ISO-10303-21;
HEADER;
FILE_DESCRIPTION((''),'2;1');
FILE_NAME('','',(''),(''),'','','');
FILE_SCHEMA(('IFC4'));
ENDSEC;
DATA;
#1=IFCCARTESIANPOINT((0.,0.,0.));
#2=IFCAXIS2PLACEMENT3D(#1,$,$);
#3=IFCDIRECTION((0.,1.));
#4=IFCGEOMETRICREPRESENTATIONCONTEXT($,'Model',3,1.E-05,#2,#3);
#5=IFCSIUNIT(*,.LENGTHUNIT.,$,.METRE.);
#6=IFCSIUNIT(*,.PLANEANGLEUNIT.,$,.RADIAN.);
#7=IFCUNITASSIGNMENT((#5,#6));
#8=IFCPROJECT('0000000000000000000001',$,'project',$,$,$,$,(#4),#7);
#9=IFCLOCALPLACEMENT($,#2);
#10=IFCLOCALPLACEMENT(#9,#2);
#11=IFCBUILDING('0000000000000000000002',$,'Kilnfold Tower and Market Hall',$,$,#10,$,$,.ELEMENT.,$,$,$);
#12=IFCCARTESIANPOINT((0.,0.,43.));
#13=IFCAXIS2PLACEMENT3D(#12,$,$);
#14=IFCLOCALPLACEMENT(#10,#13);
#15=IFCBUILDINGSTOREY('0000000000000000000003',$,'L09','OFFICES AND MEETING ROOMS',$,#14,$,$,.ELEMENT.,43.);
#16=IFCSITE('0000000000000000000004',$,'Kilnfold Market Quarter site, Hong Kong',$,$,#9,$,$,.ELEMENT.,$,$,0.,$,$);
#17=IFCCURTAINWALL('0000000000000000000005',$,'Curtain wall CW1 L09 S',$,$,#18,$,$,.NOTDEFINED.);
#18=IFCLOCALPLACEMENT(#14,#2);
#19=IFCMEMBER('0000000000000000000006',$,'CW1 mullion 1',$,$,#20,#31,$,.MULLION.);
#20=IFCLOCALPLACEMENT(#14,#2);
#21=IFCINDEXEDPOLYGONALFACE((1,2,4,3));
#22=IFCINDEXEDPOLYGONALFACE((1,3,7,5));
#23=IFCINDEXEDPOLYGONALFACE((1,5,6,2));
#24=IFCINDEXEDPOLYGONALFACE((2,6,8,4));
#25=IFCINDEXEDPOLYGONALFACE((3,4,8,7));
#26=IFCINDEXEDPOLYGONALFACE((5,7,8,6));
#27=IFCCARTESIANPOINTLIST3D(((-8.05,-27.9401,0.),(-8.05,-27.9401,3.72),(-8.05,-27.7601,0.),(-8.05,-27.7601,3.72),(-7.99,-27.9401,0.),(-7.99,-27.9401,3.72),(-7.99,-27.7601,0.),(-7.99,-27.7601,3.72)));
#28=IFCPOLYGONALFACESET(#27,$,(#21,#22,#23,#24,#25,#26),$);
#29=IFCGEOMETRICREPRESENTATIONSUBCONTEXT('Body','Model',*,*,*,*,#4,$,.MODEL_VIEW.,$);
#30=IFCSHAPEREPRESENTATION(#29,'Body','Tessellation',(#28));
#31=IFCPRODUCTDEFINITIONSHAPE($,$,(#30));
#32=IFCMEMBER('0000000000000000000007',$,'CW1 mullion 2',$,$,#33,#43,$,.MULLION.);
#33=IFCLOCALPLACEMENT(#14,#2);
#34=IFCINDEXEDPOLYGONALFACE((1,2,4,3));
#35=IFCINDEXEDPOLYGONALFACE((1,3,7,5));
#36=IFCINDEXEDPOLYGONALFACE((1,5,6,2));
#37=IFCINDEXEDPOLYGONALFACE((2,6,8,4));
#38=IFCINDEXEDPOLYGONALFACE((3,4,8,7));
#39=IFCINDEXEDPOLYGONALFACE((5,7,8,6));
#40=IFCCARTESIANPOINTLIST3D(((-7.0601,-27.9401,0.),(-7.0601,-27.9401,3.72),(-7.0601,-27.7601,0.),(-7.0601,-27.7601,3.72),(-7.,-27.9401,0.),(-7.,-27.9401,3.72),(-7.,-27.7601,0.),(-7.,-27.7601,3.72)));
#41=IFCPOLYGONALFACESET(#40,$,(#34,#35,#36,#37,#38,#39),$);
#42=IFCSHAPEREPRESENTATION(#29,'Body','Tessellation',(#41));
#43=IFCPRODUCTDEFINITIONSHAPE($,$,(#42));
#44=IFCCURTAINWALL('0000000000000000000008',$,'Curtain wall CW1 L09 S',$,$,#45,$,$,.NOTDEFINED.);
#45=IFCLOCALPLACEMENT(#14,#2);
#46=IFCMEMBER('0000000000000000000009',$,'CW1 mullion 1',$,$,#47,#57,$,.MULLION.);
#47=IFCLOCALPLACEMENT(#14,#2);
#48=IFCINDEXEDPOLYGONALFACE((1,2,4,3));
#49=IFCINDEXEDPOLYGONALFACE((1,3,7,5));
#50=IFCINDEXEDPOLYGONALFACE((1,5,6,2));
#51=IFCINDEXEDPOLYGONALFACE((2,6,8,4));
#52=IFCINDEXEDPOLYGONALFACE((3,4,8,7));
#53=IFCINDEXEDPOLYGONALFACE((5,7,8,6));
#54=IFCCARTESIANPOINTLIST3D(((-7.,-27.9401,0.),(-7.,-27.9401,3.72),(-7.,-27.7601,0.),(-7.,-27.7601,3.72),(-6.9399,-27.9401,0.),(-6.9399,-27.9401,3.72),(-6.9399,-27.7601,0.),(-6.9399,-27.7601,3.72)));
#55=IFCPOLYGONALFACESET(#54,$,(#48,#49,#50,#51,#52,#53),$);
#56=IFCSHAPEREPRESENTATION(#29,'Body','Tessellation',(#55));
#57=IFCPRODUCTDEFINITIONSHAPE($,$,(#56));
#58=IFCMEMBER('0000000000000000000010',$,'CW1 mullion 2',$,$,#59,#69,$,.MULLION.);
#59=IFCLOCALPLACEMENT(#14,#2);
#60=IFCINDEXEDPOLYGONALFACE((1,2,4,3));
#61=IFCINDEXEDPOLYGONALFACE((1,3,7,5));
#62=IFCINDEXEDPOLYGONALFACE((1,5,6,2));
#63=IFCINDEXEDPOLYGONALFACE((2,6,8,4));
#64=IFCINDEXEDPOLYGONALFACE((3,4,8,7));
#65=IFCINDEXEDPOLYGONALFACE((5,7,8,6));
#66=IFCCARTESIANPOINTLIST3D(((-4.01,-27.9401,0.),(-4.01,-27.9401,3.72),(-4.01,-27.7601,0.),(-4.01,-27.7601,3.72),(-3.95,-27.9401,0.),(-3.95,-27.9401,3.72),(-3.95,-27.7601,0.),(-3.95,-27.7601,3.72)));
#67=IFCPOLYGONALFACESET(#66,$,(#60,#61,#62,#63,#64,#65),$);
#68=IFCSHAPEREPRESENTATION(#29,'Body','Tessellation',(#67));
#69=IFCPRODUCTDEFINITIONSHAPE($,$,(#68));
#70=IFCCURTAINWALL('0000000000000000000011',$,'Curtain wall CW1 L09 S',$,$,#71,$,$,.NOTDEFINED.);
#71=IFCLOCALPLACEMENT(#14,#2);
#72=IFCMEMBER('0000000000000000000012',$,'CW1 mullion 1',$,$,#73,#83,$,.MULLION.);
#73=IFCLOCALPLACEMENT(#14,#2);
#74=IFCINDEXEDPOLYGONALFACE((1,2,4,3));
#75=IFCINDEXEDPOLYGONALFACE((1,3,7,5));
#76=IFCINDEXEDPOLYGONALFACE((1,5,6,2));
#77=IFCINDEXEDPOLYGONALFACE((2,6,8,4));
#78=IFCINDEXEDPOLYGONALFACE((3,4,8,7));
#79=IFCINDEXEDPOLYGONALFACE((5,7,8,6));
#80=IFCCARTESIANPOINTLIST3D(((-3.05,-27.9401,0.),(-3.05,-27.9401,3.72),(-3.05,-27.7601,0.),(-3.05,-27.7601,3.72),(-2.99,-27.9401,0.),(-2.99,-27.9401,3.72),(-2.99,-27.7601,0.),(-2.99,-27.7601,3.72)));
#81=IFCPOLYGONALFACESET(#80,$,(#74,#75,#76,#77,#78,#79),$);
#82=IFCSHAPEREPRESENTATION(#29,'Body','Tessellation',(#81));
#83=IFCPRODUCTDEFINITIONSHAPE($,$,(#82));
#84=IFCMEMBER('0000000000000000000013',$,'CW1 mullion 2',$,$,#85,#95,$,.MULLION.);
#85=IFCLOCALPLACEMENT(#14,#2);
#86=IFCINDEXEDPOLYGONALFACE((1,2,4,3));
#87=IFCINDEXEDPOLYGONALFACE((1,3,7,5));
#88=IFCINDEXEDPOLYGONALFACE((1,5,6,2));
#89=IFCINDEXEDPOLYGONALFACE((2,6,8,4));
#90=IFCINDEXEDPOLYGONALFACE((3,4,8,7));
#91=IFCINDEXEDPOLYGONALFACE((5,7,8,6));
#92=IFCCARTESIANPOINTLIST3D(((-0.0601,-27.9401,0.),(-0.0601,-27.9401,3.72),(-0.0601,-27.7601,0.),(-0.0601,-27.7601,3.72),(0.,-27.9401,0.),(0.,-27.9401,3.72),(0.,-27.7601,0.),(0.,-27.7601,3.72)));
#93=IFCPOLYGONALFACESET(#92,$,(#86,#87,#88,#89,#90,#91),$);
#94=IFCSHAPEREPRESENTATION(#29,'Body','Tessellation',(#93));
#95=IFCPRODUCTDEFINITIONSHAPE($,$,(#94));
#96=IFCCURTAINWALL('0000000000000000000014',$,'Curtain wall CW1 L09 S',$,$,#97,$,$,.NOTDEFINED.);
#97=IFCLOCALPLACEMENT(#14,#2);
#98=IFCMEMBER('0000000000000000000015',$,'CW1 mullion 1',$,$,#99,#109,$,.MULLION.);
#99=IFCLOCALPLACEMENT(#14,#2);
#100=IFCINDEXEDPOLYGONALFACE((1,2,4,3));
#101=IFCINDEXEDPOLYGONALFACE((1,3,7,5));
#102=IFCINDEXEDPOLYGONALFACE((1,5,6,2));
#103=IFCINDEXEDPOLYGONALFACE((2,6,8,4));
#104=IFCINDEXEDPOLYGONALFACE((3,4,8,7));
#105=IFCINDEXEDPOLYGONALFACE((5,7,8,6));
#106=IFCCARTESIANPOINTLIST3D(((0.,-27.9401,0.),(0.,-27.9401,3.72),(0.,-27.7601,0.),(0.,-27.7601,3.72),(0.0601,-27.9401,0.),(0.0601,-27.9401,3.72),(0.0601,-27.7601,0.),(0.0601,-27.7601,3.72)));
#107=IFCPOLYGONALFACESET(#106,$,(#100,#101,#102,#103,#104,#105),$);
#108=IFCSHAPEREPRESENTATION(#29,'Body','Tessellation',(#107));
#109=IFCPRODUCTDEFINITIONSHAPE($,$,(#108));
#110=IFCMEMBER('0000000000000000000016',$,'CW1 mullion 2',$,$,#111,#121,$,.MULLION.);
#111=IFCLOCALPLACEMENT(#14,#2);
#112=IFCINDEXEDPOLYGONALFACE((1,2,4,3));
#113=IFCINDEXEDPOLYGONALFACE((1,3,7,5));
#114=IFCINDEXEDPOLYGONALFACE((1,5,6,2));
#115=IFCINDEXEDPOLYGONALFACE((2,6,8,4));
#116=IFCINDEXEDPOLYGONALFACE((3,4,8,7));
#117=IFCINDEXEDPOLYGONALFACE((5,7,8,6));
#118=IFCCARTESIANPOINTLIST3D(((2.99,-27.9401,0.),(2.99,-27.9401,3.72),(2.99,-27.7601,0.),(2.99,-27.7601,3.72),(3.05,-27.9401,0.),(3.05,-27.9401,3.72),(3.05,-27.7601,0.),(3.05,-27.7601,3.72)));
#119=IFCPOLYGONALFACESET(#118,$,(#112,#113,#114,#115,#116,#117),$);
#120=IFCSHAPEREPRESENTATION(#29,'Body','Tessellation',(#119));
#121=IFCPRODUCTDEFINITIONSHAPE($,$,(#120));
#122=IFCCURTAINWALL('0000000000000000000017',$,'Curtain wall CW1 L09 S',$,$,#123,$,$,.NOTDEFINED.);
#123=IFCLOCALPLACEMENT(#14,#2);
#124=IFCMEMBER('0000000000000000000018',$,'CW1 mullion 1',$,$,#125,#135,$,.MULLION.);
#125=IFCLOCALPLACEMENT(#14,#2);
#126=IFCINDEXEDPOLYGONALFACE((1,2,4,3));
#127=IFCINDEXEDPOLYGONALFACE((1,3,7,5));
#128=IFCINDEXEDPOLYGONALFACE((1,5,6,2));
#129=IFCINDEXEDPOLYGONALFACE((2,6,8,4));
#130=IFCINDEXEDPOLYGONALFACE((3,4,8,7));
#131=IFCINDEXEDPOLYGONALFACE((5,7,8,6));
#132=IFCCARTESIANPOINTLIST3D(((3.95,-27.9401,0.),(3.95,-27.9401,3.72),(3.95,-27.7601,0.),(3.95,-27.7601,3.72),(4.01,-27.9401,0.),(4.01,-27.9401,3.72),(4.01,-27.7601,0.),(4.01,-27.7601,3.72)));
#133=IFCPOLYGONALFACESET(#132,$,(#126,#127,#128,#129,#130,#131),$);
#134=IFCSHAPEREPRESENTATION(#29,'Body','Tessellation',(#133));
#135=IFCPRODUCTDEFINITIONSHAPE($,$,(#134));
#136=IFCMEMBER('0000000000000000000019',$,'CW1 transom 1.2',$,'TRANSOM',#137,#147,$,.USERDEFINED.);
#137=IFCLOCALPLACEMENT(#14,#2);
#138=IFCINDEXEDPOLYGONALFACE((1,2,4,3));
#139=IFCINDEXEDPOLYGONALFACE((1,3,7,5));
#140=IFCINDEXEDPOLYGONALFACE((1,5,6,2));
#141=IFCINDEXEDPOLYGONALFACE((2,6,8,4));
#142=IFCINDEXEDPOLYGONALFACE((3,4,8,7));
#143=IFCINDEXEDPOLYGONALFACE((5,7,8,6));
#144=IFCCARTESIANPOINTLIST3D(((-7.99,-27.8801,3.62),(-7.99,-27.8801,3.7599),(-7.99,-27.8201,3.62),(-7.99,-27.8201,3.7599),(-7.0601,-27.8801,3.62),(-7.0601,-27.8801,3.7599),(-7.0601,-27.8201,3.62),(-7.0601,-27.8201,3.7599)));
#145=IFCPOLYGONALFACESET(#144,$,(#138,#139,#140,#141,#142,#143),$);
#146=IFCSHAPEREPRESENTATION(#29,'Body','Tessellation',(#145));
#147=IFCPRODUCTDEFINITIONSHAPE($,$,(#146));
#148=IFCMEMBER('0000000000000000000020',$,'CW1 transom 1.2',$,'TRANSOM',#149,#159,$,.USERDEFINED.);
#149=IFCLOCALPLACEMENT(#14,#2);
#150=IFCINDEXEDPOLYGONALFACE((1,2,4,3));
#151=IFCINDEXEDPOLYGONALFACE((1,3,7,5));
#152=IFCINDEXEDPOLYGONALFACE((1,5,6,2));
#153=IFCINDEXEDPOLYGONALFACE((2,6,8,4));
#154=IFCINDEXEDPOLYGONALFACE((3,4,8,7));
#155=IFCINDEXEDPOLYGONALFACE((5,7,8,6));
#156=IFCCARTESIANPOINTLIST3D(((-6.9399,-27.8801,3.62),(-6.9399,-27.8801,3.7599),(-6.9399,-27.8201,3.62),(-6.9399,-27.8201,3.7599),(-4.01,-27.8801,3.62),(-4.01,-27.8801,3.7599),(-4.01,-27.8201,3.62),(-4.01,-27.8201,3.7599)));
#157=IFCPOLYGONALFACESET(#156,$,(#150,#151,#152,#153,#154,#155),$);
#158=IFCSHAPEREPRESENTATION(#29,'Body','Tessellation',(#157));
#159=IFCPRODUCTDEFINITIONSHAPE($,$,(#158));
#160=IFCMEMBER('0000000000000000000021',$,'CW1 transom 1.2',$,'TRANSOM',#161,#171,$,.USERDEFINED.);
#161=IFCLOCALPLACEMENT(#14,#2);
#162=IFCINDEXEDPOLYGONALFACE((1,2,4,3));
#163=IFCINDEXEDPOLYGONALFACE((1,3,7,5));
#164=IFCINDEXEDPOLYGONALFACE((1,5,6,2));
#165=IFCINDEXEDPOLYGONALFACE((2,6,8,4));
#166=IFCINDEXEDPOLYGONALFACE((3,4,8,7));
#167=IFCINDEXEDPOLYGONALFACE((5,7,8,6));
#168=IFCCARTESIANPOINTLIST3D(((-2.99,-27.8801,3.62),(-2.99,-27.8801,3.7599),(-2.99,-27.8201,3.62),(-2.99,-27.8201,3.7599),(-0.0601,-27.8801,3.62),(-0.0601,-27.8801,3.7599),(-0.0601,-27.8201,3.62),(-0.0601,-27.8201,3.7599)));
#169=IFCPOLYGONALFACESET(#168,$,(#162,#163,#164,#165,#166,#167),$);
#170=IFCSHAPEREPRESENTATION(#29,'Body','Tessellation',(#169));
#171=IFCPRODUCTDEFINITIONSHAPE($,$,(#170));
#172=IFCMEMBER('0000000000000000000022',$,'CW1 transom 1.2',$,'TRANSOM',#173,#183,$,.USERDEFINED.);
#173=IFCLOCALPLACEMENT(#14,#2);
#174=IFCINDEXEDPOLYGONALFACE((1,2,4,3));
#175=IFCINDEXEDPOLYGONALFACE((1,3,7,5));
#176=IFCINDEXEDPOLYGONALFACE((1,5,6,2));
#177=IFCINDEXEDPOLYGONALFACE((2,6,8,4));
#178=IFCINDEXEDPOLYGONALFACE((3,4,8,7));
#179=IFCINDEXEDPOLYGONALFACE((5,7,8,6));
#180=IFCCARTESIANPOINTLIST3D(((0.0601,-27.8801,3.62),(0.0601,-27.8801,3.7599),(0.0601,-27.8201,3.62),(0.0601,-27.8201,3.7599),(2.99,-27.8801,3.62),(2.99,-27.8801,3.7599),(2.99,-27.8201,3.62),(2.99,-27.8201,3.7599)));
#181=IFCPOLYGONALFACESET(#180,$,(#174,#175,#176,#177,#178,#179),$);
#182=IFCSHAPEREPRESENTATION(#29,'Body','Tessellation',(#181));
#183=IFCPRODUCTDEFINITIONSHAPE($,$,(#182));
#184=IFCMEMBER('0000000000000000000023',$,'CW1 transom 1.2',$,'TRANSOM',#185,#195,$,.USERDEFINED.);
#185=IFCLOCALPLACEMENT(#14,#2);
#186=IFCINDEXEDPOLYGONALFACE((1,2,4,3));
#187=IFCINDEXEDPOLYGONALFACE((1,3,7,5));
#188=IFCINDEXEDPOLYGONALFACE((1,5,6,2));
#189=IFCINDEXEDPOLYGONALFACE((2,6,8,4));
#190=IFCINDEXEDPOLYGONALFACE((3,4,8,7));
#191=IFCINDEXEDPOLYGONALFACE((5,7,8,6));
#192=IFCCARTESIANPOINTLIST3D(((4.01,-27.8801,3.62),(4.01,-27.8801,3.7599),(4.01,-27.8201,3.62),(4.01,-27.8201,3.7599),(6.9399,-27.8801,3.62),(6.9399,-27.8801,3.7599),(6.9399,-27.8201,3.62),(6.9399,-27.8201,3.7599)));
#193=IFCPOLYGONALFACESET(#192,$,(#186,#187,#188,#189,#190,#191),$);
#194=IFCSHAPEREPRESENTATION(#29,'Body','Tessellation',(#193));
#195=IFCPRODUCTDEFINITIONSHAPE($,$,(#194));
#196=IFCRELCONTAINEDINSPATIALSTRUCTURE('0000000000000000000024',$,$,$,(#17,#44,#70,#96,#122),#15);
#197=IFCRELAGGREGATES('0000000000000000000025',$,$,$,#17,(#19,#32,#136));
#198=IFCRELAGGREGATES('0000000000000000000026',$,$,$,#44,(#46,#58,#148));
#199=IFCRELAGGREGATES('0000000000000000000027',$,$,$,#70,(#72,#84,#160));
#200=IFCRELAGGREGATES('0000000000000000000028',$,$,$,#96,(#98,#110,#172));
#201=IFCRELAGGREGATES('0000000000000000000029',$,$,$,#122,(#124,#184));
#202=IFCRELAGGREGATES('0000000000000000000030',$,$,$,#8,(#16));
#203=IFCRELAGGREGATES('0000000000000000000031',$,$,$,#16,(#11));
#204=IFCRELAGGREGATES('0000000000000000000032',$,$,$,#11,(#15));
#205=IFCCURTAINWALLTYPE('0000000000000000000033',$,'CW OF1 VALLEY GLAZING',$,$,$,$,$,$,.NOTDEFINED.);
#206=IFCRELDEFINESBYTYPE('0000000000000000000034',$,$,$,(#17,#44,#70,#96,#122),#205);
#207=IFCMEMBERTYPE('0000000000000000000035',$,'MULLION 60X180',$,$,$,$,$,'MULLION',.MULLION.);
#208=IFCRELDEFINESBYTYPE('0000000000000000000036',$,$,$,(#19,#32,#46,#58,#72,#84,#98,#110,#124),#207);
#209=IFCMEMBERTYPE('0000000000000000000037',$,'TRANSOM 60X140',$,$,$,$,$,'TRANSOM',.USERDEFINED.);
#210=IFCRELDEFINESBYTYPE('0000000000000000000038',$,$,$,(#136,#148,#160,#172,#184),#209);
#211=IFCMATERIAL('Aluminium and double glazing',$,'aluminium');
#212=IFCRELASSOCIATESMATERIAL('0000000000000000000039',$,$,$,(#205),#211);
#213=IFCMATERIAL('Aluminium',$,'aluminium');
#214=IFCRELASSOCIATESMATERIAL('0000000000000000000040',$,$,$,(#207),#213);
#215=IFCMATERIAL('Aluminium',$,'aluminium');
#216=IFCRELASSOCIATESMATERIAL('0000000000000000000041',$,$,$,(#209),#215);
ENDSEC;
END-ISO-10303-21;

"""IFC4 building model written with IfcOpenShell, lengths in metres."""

from ifc_helpers import new_model, si_unit, direction, frame, origin, origin_2d, place, context, subcontext, project, spatial, rectangle, extrude, source, transform, mapped, material, material_profile, profile_set, type_object, element, aggregate, save


model = new_model("IFC4")

# Units and contexts
model_context = context("Model", 3, precision=1e-05, world=origin(), true_north=direction((0.0, 1.0)))
body_context = subcontext(model_context, "Body", "Model", "MODEL_VIEW")
ifc_project = project(units=[si_unit("LENGTHUNIT", "METRE"), si_unit("PLANEANGLEUNIT", "RADIAN")], contexts=[model_context])

# Site, building, storey
site_placement = place(None, origin())
site = spatial("IfcSite", under=ifc_project, at=site_placement, Name="Kilnfold Market Quarter site, Hong Kong", CompositionType="ELEMENT", RefElevation=0.0)
building_placement = place(site_placement, origin())
building = spatial("IfcBuilding", under=site, at=building_placement, Name="Kilnfold Tower and Market Hall", CompositionType="ELEMENT")
storey_placement = place(building_placement, frame((0.0, 0.0, 43.0)))
storey = spatial("IfcBuildingStorey", under=building, at=storey_placement, Name="L09", Description="OFFICES AND MEETING ROOMS", CompositionType="ELEMENT", Elevation=43.0)

# Curtain walls, members
ifc_material_1 = material(Name="Aluminium and double glazing", Category="aluminium")
curtain_wall_type = type_object("IfcCurtainWallType", Name="CW OF1 VALLEY GLAZING", PredefinedType="NOTDEFINED", material=ifc_material_1)
curtain_wall_1_placement = place(storey_placement, origin())
curtain_wall_1 = element("IfcCurtainWall", 1, at=curtain_wall_1_placement, inside=storey, type_object=curtain_wall_type, Name="Curtain wall CW1 L09 S", PredefinedType="NOTDEFINED")
ifc_material_2 = material(Name="Aluminium", Category="aluminium")
ifc_material_profile_1 = material_profile(ifc_material_2, rectangle(XDim=0.0601, YDim=0.1799, at=origin_2d()), Name="MULLION 60x180")
ifc_profile_set_1 = profile_set([ifc_material_profile_1], Name="Aluminium")
member_type_1 = type_object("IfcMemberType", Name="MULLION 60X180", ElementType="MULLION", PredefinedType="MULLION", material=ifc_profile_set_1)
shared_shape_1 = source(origin(), body_context, "Body", "SweptSolid", [
    extrude(rectangle(XDim=0.0601, YDim=0.1799, at=origin_2d()), origin(), (0.0, 0.0, 1.0), 3.72),
])
member_1_placement = place(storey_placement, frame((-8.02, -27.8501, 0.0), z_axis=(0.0, 0.0, 1.0), x_axis=(1.0, 0.0, 0.0)))
member_1 = element("IfcMember", 2, at=member_1_placement, type_object=member_type_1, Name="CW1 mullion 1", PredefinedType="MULLION", context=body_context, shape_type="MappedRepresentation", body=[
    mapped(shared_shape_1, transform((0.0, 0.0, 0.0))),
])
member_2_placement = place(storey_placement, frame((-7.03, -27.8501, 0.0), z_axis=(0.0, 0.0, 1.0), x_axis=(1.0, 0.0, 0.0)))
member_2 = element("IfcMember", 3, at=member_2_placement, type_object=member_type_1, Name="CW1 mullion 2", PredefinedType="MULLION", context=body_context, shape_type="MappedRepresentation", body=[
    mapped(shared_shape_1, transform((0.0, 0.0, 0.0))),
])
curtain_wall_2_placement = place(storey_placement, origin())
curtain_wall_2 = element("IfcCurtainWall", 4, at=curtain_wall_2_placement, inside=storey, type_object=curtain_wall_type, Name="Curtain wall CW1 L09 S", PredefinedType="NOTDEFINED")
member_3_placement = place(storey_placement, frame((-6.97, -27.8501, 0.0), z_axis=(0.0, 0.0, 1.0), x_axis=(1.0, 0.0, 0.0)))
member_3 = element("IfcMember", 5, at=member_3_placement, type_object=member_type_1, Name="CW1 mullion 1", PredefinedType="MULLION", context=body_context, shape_type="MappedRepresentation", body=[
    mapped(shared_shape_1, transform((0.0, 0.0, 0.0))),
])
member_4_placement = place(storey_placement, frame((-3.98, -27.8501, 0.0), z_axis=(0.0, 0.0, 1.0), x_axis=(1.0, 0.0, 0.0)))
member_4 = element("IfcMember", 6, at=member_4_placement, type_object=member_type_1, Name="CW1 mullion 2", PredefinedType="MULLION", context=body_context, shape_type="MappedRepresentation", body=[
    mapped(shared_shape_1, transform((0.0, 0.0, 0.0))),
])
curtain_wall_3_placement = place(storey_placement, origin())
curtain_wall_3 = element("IfcCurtainWall", 7, at=curtain_wall_3_placement, inside=storey, type_object=curtain_wall_type, Name="Curtain wall CW1 L09 S", PredefinedType="NOTDEFINED")
member_5_placement = place(storey_placement, frame((-3.02, -27.8501, 0.0), z_axis=(0.0, 0.0, 1.0), x_axis=(1.0, 0.0, 0.0)))
member_5 = element("IfcMember", 8, at=member_5_placement, type_object=member_type_1, Name="CW1 mullion 1", PredefinedType="MULLION", context=body_context, shape_type="MappedRepresentation", body=[
    mapped(shared_shape_1, transform((0.0, 0.0, 0.0))),
])
member_6_placement = place(storey_placement, frame((-0.03, -27.8501, 0.0), z_axis=(0.0, 0.0, 1.0), x_axis=(1.0, 0.0, 0.0)))
member_6 = element("IfcMember", 9, at=member_6_placement, type_object=member_type_1, Name="CW1 mullion 2", PredefinedType="MULLION", context=body_context, shape_type="MappedRepresentation", body=[
    mapped(shared_shape_1, transform((0.0, 0.0, 0.0))),
])
curtain_wall_4_placement = place(storey_placement, origin())
curtain_wall_4 = element("IfcCurtainWall", 10, at=curtain_wall_4_placement, inside=storey, type_object=curtain_wall_type, Name="Curtain wall CW1 L09 S", PredefinedType="NOTDEFINED")
member_7_placement = place(storey_placement, frame((0.03, -27.8501, 0.0), z_axis=(0.0, 0.0, 1.0), x_axis=(1.0, 0.0, 0.0)))
member_7 = element("IfcMember", 11, at=member_7_placement, type_object=member_type_1, Name="CW1 mullion 1", PredefinedType="MULLION", context=body_context, shape_type="MappedRepresentation", body=[
    mapped(shared_shape_1, transform((0.0, 0.0, 0.0))),
])
member_8_placement = place(storey_placement, frame((3.02, -27.8501, 0.0), z_axis=(0.0, 0.0, 1.0), x_axis=(1.0, 0.0, 0.0)))
member_8 = element("IfcMember", 12, at=member_8_placement, type_object=member_type_1, Name="CW1 mullion 2", PredefinedType="MULLION", context=body_context, shape_type="MappedRepresentation", body=[
    mapped(shared_shape_1, transform((0.0, 0.0, 0.0))),
])

# Curtain wall, member
curtain_wall_5_placement = place(storey_placement, origin())
curtain_wall_5 = element("IfcCurtainWall", 13, at=curtain_wall_5_placement, inside=storey, type_object=curtain_wall_type, Name="Curtain wall CW1 L09 S", PredefinedType="NOTDEFINED")
member_9_placement = place(storey_placement, frame((3.98, -27.8501, 0.0), z_axis=(0.0, 0.0, 1.0), x_axis=(1.0, 0.0, 0.0)))
member_9 = element("IfcMember", 14, at=member_9_placement, type_object=member_type_1, Name="CW1 mullion 1", PredefinedType="MULLION", context=body_context, shape_type="MappedRepresentation", body=[
    mapped(shared_shape_1, transform((0.0, 0.0, 0.0))),
])

# Members
ifc_material_3 = material(Name="Aluminium", Category="aluminium")
ifc_material_profile_2 = material_profile(ifc_material_3, rectangle(XDim=0.0601, YDim=0.1399, at=origin_2d()), Name="TRANSOM 60x140")
ifc_profile_set_2 = profile_set([ifc_material_profile_2], Name="Aluminium")
member_type_2 = type_object("IfcMemberType", Name="TRANSOM 60X140", ElementType="TRANSOM", PredefinedType="USERDEFINED", material=ifc_profile_set_2)
shared_shape_2 = source(origin(), body_context, "Body", "SweptSolid", [
    extrude(rectangle(XDim=0.0601, YDim=0.1399, at=origin_2d()), origin(), (0.0, 0.0, 1.0), 0.9299),
])
member_10_placement = place(storey_placement, frame((-7.99, -27.8501, 3.6899), z_axis=(1.0, 0.0, 0.0), x_axis=(0.0, 1.0, 0.0)))
member_10 = element("IfcMember", 15, at=member_10_placement, type_object=member_type_2, Name="CW1 transom 1.2", ObjectType="TRANSOM", PredefinedType="USERDEFINED", context=body_context, shape_type="MappedRepresentation", body=[
    mapped(shared_shape_2, transform((0.0, 0.0, 0.0))),
])
shared_shape_3 = source(origin(), body_context, "Body", "SweptSolid", [
    extrude(rectangle(XDim=0.0601, YDim=0.1399, at=origin_2d()), origin(), (0.0, 0.0, 1.0), 2.9299),
])
member_11_placement = place(storey_placement, frame((-6.9399, -27.8501, 3.6899), z_axis=(1.0, 0.0, 0.0), x_axis=(0.0, 1.0, 0.0)))
member_11 = element("IfcMember", 16, at=member_11_placement, type_object=member_type_2, Name="CW1 transom 1.2", ObjectType="TRANSOM", PredefinedType="USERDEFINED", context=body_context, shape_type="MappedRepresentation", body=[
    mapped(shared_shape_3, transform((0.0, 0.0, 0.0))),
])
member_12_placement = place(storey_placement, frame((-2.99, -27.8501, 3.6899), z_axis=(1.0, 0.0, 0.0), x_axis=(0.0, 1.0, 0.0)))
member_12 = element("IfcMember", 17, at=member_12_placement, type_object=member_type_2, Name="CW1 transom 1.2", ObjectType="TRANSOM", PredefinedType="USERDEFINED", context=body_context, shape_type="MappedRepresentation", body=[
    mapped(shared_shape_3, transform((0.0, 0.0, 0.0))),
])
member_13_placement = place(storey_placement, frame((0.0601, -27.8501, 3.6899), z_axis=(1.0, 0.0, 0.0), x_axis=(0.0, 1.0, 0.0)))
member_13 = element("IfcMember", 18, at=member_13_placement, type_object=member_type_2, Name="CW1 transom 1.2", ObjectType="TRANSOM", PredefinedType="USERDEFINED", context=body_context, shape_type="MappedRepresentation", body=[
    mapped(shared_shape_3, transform((0.0, 0.0, 0.0))),
])
member_14_placement = place(storey_placement, frame((4.01, -27.8501, 3.6899), z_axis=(1.0, 0.0, 0.0), x_axis=(0.0, 1.0, 0.0)))
member_14 = element("IfcMember", 19, at=member_14_placement, type_object=member_type_2, Name="CW1 transom 1.2", ObjectType="TRANSOM", PredefinedType="USERDEFINED", context=body_context, shape_type="MappedRepresentation", body=[
    mapped(shared_shape_3, transform((0.0, 0.0, 0.0))),
])

aggregate(curtain_wall_1, [member_1, member_2, member_10])
aggregate(curtain_wall_2, [member_3, member_4, member_11])
aggregate(curtain_wall_3, [member_5, member_6, member_12])
aggregate(curtain_wall_4, [member_7, member_8, member_13])
aggregate(curtain_wall_5, [member_9, member_14])

save(model, "model.ifc")
